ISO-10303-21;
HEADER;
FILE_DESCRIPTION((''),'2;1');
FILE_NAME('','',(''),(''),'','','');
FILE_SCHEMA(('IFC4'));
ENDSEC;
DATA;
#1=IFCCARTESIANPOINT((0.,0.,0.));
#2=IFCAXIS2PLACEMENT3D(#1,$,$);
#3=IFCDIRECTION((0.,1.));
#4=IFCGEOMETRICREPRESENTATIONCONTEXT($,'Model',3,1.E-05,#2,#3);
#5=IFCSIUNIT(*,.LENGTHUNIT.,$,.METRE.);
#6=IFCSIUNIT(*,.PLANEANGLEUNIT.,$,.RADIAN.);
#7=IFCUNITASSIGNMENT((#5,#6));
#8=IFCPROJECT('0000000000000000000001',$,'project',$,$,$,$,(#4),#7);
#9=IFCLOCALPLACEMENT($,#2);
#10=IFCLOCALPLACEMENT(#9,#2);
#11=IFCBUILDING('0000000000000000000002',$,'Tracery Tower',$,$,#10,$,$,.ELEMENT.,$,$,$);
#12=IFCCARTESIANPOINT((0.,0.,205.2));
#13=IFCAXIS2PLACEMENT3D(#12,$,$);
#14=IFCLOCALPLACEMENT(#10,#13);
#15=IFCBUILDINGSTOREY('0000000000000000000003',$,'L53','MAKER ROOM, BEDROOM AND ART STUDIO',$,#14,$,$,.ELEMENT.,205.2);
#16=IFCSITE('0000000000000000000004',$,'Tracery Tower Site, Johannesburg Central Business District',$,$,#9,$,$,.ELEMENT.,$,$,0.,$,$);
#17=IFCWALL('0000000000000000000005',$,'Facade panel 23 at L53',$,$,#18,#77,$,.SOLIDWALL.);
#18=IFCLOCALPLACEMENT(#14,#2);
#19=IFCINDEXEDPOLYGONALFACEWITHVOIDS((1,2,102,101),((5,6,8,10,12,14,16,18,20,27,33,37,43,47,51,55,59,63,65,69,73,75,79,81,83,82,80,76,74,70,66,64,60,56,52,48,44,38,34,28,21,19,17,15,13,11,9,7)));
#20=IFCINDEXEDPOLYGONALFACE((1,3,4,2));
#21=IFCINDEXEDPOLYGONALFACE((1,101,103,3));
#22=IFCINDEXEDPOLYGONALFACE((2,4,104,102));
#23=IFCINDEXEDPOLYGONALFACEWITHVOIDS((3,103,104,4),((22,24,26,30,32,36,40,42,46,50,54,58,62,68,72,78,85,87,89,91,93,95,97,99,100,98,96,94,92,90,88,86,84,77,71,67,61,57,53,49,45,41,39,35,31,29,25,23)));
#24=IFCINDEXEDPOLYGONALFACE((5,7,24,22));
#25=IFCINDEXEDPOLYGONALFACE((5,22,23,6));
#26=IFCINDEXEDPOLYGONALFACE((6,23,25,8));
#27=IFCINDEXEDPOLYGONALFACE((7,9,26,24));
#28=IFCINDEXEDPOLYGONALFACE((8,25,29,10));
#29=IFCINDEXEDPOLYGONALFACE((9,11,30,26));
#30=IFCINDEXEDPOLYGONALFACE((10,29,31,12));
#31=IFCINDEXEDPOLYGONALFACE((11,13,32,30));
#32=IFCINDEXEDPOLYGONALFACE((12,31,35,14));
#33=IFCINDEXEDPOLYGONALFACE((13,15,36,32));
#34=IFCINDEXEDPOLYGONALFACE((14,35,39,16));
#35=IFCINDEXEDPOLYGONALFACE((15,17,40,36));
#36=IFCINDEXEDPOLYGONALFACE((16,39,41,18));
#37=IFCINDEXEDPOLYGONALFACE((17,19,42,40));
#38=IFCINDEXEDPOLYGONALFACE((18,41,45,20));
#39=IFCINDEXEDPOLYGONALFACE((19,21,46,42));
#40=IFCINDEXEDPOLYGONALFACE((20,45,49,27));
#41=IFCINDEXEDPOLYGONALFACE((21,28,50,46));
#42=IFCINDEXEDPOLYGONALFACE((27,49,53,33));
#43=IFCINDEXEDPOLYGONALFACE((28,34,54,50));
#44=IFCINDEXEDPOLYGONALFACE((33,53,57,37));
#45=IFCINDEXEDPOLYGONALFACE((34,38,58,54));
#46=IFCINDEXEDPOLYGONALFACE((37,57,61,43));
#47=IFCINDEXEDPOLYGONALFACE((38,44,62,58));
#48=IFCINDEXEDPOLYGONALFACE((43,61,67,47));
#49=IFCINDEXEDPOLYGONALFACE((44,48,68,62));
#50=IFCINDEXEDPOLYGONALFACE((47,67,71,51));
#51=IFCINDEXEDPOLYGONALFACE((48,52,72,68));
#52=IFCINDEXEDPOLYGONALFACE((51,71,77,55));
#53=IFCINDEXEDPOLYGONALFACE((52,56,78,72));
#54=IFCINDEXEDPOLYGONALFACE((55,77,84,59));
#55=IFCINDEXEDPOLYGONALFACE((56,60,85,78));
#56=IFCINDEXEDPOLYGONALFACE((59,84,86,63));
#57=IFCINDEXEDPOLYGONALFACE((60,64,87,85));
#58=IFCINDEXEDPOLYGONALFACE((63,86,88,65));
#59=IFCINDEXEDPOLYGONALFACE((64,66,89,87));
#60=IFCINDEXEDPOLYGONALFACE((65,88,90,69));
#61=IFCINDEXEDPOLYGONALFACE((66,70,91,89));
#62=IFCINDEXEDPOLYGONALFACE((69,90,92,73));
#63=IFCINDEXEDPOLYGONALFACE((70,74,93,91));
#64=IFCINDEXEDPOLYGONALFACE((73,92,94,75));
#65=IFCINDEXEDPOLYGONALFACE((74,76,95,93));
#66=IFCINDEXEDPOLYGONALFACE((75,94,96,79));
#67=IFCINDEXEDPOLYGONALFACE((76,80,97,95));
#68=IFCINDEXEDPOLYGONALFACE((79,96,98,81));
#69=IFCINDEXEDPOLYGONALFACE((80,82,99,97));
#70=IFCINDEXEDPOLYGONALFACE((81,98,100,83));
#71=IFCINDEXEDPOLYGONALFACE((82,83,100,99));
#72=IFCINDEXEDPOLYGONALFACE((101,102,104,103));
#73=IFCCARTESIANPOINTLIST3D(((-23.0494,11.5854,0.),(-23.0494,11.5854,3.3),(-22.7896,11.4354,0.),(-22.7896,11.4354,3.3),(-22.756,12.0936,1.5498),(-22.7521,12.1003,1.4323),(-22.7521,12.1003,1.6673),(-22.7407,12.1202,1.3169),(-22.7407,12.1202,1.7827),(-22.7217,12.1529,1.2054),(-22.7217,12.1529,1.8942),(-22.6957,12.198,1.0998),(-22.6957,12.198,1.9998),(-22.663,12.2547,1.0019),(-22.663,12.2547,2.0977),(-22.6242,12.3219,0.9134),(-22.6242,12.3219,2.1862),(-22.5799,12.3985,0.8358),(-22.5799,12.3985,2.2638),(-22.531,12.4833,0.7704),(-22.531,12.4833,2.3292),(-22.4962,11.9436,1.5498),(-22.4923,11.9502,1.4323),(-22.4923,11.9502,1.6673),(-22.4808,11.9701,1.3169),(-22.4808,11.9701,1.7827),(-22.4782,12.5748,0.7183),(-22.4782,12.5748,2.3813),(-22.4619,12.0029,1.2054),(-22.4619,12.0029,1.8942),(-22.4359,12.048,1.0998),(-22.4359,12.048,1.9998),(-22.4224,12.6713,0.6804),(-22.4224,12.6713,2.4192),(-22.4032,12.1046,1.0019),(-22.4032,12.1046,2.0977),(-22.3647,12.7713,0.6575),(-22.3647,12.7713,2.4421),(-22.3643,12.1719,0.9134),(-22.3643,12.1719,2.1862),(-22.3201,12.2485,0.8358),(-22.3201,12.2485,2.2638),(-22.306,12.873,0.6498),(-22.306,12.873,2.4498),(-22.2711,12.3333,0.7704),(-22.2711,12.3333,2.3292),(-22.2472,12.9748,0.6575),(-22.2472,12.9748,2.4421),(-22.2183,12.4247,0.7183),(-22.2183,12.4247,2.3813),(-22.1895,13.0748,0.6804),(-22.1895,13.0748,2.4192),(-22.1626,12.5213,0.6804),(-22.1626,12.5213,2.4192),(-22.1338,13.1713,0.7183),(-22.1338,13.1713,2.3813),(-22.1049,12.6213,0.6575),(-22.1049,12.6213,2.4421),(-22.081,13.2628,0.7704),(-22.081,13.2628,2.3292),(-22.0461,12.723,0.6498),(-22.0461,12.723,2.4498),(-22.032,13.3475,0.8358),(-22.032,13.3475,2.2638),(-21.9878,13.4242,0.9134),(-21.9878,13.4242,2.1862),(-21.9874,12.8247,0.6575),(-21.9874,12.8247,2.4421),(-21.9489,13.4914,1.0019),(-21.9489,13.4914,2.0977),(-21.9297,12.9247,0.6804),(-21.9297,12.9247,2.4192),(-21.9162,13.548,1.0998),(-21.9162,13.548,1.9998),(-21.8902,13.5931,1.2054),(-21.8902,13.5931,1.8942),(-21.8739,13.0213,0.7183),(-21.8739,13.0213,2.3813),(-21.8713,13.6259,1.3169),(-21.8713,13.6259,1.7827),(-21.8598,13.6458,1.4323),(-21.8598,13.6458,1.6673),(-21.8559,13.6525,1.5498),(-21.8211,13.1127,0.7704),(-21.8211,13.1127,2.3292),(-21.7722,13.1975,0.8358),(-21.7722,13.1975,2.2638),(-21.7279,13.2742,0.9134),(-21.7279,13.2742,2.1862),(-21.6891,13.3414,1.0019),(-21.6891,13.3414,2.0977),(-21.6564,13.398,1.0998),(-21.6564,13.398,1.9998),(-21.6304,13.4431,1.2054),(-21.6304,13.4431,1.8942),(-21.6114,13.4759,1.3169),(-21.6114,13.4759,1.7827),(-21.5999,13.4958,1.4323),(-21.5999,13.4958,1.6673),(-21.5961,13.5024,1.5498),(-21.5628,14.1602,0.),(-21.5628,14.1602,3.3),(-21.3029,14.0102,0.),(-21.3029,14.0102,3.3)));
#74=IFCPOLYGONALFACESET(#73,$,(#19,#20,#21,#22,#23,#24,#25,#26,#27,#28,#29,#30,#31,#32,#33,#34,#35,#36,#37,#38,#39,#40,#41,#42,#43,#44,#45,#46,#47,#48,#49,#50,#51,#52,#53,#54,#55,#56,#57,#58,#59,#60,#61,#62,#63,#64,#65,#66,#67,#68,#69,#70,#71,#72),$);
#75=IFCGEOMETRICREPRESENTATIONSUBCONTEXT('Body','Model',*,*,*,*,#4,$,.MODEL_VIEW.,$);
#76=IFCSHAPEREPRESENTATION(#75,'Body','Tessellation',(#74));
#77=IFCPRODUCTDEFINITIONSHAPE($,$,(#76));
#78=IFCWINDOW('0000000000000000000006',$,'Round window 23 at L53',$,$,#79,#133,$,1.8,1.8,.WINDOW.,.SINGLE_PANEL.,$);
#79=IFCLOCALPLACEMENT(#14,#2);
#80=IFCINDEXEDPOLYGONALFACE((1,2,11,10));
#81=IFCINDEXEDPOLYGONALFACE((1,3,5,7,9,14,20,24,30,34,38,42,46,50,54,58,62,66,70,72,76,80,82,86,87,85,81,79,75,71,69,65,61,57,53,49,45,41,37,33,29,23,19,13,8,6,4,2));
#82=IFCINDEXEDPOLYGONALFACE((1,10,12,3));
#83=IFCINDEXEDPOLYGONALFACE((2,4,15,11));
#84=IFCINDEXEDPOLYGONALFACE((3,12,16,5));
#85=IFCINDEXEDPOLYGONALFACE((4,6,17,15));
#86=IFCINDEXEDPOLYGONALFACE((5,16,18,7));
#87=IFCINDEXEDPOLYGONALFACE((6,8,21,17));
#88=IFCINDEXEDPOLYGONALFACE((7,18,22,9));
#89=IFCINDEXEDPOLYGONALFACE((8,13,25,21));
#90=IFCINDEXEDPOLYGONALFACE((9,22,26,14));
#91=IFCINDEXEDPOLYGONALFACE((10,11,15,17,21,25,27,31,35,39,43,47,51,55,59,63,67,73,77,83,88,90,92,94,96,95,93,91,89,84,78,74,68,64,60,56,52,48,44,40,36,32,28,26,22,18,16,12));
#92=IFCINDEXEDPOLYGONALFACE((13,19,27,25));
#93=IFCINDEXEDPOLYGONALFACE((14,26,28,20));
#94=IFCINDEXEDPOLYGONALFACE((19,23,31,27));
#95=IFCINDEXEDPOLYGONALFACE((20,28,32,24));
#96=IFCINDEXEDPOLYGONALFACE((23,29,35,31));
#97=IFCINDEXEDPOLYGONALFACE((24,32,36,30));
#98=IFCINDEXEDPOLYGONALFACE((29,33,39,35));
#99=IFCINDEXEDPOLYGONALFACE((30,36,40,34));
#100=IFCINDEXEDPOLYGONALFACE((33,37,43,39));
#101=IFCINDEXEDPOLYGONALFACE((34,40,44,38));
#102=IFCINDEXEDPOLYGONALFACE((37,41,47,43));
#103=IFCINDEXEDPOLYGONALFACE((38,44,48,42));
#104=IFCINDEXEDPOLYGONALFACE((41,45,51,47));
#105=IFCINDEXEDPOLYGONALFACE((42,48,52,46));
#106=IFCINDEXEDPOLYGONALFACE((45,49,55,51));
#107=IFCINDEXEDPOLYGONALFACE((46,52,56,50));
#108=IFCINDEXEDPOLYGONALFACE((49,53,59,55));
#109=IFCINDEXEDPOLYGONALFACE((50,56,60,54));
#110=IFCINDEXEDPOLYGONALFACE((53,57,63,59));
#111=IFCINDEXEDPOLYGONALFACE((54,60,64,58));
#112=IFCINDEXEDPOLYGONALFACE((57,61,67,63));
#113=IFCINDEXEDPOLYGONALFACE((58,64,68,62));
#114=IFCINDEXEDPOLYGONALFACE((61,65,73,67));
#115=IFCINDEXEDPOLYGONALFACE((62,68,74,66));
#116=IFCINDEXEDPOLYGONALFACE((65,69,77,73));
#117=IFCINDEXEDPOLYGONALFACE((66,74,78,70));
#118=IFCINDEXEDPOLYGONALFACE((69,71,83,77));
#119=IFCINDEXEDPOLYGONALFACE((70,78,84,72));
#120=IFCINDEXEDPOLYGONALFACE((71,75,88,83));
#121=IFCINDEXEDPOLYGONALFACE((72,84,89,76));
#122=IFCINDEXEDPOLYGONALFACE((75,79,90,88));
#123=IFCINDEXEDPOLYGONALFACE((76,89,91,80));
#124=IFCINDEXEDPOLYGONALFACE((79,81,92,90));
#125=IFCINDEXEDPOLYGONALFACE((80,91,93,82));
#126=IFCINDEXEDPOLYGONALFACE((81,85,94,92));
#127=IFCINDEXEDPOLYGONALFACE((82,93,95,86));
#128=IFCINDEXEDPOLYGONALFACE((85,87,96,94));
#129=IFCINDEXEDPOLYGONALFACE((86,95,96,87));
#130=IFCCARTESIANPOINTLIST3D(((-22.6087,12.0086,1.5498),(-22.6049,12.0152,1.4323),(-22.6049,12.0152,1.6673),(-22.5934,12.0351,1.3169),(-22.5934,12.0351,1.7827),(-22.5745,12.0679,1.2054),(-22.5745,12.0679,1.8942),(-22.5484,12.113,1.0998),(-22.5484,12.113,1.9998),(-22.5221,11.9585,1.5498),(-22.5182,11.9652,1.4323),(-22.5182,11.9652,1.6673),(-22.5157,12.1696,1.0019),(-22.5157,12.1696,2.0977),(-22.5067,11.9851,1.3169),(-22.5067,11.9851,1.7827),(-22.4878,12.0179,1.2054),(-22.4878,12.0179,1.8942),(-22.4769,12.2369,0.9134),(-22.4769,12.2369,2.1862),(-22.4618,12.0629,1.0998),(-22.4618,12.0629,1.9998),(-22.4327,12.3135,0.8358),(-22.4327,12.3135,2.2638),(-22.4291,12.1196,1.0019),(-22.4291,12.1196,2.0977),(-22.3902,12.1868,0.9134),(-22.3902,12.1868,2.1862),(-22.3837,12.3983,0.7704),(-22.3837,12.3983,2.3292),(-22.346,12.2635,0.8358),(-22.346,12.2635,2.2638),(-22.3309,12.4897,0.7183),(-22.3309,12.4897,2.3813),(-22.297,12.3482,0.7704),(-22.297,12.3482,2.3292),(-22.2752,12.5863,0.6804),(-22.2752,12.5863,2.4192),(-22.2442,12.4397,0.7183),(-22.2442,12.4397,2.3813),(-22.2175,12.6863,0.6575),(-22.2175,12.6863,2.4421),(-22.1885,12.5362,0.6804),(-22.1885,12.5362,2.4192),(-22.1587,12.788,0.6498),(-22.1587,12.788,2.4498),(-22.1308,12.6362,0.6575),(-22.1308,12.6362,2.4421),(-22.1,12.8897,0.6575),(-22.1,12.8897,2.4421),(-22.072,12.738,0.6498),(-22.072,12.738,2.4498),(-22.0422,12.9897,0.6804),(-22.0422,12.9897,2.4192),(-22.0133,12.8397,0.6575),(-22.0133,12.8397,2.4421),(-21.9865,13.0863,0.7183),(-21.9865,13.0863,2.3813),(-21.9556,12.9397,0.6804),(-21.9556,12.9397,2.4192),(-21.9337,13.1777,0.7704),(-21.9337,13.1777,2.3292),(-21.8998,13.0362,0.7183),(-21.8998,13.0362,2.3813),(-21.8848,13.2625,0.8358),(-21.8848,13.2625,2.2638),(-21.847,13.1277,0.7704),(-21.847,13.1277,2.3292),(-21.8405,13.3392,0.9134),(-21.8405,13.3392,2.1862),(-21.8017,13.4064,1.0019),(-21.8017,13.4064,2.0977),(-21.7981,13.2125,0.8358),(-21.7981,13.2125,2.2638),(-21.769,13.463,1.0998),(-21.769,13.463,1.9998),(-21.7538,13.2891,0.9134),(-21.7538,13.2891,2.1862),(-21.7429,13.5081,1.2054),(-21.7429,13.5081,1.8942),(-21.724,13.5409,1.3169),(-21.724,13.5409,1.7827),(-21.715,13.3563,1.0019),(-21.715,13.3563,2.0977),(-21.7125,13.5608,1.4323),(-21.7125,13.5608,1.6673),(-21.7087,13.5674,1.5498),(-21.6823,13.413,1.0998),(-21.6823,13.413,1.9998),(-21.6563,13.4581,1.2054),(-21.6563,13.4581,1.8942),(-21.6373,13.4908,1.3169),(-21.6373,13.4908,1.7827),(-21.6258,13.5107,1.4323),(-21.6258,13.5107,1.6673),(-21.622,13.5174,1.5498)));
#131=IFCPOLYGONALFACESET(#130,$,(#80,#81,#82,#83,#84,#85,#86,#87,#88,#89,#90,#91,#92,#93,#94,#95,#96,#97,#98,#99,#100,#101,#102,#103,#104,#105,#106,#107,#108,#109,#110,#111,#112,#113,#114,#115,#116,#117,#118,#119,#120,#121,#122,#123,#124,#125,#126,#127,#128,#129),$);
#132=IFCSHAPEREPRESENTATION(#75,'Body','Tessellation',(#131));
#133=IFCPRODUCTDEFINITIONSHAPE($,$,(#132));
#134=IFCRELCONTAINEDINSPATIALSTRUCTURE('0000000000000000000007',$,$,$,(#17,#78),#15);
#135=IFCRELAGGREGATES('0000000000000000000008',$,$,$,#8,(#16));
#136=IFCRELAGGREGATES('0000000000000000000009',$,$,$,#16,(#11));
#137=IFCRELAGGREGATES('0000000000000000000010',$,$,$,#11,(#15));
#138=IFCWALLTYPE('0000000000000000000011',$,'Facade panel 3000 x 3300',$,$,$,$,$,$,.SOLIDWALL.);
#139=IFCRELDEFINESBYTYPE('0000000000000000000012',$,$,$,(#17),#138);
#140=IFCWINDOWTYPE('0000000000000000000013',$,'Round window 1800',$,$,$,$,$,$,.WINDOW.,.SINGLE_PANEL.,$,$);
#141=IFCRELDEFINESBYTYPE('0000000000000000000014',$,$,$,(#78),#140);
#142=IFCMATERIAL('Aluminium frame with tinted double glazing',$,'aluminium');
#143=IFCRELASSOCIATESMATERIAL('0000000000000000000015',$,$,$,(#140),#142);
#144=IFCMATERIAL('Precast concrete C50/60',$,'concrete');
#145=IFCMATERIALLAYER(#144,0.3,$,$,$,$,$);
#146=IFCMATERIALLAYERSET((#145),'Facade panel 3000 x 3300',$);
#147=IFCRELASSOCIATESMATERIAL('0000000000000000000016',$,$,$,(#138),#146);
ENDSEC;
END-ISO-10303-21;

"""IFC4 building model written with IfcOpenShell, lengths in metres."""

from ifc_helpers import new_model, si_unit, direction, frame, frame_2d, origin, origin_2d, place, context, subcontext, project, spatial, rectangle, circle, extrude, material, layer, layer_set, type_object, element, fill, save


model = new_model("IFC4")

# Units and contexts
model_context = context("Model", 3, precision=1e-05, world=origin(), true_north=direction((0.0, 1.0)))
body_context = subcontext(model_context, "Body", "Model", "MODEL_VIEW")
ifc_project = project(units=[si_unit("LENGTHUNIT", "METRE"), si_unit("PLANEANGLEUNIT", "RADIAN")], contexts=[model_context])

# Site, building, storey
site_placement = place(None, origin())
site = spatial("IfcSite", under=ifc_project, at=site_placement, Name="Tracery Tower Site, Johannesburg Central Business District", CompositionType="ELEMENT", RefElevation=0.0)
building_placement = place(site_placement, origin())
building = spatial("IfcBuilding", under=site, at=building_placement, Name="Tracery Tower", CompositionType="ELEMENT")
storey_placement = place(building_placement, frame((0.0, 0.0, 205.2)))
storey = spatial("IfcBuildingStorey", under=building, at=storey_placement, Name="L53", Description="MAKER ROOM, BEDROOM AND ART STUDIO", CompositionType="ELEMENT", Elevation=205.2)

# Wall, opening, window
ifc_material_1 = material(Name="Aluminium frame with tinted double glazing", Category="aluminium")
window_type = type_object("IfcWindowType", Name="Round window 1800", PartitioningType="SINGLE_PANEL", PredefinedType="WINDOW", material=ifc_material_1)
ifc_material_2 = material(Name="Precast concrete C50/60", Category="concrete")
ifc_layer_1 = layer(ifc_material_2, 0.3)
ifc_layer_set_1 = layer_set([ifc_layer_1], Name="Facade panel 3000 x 3300")
wall_type_1 = type_object("IfcWallType", Name="Facade panel 3000 x 3300", PredefinedType="SOLIDWALL", material=ifc_layer_set_1)
wall_1_placement = place(storey_placement, frame((-21.4329, 14.0852, 0.0), z_axis=(0.0, 0.0, 1.0), x_axis=(-0.500016, -0.866016, 0.0)))
wall_1 = element("IfcWall", 1, at=wall_1_placement, inside=storey, type_object=wall_type_1, Name="Facade panel 23 at L53", PredefinedType="SOLIDWALL", context=body_context, shape_type="SweptSolid", body=[
    extrude(rectangle(XDim=2.9731, YDim=0.3, at=frame_2d((1.4866, 0.0))), origin(), (0.0, 0.0, 1.0), 3.3),
])
opening_1_placement = place(wall_1_placement, frame((1.4863, 0.0, 1.5498)))
opening_1 = element("IfcOpeningElement", 2, at=opening_1_placement, cuts=wall_1, PredefinedType="OPENING", context=body_context, shape_type="SweptSolid", body=[
    extrude(circle(Radius=0.9, at=origin_2d()), frame((0.0, 0.1599, 0.0), z_axis=(0.0, -1.0, 0.0), x_axis=(1.0, 0.0, 0.0)), (0.0, 0.0, 1.0), 0.3201),
])
window_1_placement = place(opening_1_placement, origin())
window_1 = element("IfcWindow", 3, at=window_1_placement, inside=storey, type_object=window_type, Name="Round window 23 at L53", OverallHeight=1.8, OverallWidth=1.8, PartitioningType="SINGLE_PANEL", PredefinedType="WINDOW", context=body_context, shape_type="SweptSolid", body=[
    extrude(circle(Radius=0.9, at=origin_2d()), frame((0.0, 0.1201, 0.0), z_axis=(0.0, -1.0, 0.0), x_axis=(1.0, 0.0, 0.0)), (0.0, 0.0, 1.0), 0.1001),
])
fill(opening_1, window_1)

save(model, "model.ifc")
